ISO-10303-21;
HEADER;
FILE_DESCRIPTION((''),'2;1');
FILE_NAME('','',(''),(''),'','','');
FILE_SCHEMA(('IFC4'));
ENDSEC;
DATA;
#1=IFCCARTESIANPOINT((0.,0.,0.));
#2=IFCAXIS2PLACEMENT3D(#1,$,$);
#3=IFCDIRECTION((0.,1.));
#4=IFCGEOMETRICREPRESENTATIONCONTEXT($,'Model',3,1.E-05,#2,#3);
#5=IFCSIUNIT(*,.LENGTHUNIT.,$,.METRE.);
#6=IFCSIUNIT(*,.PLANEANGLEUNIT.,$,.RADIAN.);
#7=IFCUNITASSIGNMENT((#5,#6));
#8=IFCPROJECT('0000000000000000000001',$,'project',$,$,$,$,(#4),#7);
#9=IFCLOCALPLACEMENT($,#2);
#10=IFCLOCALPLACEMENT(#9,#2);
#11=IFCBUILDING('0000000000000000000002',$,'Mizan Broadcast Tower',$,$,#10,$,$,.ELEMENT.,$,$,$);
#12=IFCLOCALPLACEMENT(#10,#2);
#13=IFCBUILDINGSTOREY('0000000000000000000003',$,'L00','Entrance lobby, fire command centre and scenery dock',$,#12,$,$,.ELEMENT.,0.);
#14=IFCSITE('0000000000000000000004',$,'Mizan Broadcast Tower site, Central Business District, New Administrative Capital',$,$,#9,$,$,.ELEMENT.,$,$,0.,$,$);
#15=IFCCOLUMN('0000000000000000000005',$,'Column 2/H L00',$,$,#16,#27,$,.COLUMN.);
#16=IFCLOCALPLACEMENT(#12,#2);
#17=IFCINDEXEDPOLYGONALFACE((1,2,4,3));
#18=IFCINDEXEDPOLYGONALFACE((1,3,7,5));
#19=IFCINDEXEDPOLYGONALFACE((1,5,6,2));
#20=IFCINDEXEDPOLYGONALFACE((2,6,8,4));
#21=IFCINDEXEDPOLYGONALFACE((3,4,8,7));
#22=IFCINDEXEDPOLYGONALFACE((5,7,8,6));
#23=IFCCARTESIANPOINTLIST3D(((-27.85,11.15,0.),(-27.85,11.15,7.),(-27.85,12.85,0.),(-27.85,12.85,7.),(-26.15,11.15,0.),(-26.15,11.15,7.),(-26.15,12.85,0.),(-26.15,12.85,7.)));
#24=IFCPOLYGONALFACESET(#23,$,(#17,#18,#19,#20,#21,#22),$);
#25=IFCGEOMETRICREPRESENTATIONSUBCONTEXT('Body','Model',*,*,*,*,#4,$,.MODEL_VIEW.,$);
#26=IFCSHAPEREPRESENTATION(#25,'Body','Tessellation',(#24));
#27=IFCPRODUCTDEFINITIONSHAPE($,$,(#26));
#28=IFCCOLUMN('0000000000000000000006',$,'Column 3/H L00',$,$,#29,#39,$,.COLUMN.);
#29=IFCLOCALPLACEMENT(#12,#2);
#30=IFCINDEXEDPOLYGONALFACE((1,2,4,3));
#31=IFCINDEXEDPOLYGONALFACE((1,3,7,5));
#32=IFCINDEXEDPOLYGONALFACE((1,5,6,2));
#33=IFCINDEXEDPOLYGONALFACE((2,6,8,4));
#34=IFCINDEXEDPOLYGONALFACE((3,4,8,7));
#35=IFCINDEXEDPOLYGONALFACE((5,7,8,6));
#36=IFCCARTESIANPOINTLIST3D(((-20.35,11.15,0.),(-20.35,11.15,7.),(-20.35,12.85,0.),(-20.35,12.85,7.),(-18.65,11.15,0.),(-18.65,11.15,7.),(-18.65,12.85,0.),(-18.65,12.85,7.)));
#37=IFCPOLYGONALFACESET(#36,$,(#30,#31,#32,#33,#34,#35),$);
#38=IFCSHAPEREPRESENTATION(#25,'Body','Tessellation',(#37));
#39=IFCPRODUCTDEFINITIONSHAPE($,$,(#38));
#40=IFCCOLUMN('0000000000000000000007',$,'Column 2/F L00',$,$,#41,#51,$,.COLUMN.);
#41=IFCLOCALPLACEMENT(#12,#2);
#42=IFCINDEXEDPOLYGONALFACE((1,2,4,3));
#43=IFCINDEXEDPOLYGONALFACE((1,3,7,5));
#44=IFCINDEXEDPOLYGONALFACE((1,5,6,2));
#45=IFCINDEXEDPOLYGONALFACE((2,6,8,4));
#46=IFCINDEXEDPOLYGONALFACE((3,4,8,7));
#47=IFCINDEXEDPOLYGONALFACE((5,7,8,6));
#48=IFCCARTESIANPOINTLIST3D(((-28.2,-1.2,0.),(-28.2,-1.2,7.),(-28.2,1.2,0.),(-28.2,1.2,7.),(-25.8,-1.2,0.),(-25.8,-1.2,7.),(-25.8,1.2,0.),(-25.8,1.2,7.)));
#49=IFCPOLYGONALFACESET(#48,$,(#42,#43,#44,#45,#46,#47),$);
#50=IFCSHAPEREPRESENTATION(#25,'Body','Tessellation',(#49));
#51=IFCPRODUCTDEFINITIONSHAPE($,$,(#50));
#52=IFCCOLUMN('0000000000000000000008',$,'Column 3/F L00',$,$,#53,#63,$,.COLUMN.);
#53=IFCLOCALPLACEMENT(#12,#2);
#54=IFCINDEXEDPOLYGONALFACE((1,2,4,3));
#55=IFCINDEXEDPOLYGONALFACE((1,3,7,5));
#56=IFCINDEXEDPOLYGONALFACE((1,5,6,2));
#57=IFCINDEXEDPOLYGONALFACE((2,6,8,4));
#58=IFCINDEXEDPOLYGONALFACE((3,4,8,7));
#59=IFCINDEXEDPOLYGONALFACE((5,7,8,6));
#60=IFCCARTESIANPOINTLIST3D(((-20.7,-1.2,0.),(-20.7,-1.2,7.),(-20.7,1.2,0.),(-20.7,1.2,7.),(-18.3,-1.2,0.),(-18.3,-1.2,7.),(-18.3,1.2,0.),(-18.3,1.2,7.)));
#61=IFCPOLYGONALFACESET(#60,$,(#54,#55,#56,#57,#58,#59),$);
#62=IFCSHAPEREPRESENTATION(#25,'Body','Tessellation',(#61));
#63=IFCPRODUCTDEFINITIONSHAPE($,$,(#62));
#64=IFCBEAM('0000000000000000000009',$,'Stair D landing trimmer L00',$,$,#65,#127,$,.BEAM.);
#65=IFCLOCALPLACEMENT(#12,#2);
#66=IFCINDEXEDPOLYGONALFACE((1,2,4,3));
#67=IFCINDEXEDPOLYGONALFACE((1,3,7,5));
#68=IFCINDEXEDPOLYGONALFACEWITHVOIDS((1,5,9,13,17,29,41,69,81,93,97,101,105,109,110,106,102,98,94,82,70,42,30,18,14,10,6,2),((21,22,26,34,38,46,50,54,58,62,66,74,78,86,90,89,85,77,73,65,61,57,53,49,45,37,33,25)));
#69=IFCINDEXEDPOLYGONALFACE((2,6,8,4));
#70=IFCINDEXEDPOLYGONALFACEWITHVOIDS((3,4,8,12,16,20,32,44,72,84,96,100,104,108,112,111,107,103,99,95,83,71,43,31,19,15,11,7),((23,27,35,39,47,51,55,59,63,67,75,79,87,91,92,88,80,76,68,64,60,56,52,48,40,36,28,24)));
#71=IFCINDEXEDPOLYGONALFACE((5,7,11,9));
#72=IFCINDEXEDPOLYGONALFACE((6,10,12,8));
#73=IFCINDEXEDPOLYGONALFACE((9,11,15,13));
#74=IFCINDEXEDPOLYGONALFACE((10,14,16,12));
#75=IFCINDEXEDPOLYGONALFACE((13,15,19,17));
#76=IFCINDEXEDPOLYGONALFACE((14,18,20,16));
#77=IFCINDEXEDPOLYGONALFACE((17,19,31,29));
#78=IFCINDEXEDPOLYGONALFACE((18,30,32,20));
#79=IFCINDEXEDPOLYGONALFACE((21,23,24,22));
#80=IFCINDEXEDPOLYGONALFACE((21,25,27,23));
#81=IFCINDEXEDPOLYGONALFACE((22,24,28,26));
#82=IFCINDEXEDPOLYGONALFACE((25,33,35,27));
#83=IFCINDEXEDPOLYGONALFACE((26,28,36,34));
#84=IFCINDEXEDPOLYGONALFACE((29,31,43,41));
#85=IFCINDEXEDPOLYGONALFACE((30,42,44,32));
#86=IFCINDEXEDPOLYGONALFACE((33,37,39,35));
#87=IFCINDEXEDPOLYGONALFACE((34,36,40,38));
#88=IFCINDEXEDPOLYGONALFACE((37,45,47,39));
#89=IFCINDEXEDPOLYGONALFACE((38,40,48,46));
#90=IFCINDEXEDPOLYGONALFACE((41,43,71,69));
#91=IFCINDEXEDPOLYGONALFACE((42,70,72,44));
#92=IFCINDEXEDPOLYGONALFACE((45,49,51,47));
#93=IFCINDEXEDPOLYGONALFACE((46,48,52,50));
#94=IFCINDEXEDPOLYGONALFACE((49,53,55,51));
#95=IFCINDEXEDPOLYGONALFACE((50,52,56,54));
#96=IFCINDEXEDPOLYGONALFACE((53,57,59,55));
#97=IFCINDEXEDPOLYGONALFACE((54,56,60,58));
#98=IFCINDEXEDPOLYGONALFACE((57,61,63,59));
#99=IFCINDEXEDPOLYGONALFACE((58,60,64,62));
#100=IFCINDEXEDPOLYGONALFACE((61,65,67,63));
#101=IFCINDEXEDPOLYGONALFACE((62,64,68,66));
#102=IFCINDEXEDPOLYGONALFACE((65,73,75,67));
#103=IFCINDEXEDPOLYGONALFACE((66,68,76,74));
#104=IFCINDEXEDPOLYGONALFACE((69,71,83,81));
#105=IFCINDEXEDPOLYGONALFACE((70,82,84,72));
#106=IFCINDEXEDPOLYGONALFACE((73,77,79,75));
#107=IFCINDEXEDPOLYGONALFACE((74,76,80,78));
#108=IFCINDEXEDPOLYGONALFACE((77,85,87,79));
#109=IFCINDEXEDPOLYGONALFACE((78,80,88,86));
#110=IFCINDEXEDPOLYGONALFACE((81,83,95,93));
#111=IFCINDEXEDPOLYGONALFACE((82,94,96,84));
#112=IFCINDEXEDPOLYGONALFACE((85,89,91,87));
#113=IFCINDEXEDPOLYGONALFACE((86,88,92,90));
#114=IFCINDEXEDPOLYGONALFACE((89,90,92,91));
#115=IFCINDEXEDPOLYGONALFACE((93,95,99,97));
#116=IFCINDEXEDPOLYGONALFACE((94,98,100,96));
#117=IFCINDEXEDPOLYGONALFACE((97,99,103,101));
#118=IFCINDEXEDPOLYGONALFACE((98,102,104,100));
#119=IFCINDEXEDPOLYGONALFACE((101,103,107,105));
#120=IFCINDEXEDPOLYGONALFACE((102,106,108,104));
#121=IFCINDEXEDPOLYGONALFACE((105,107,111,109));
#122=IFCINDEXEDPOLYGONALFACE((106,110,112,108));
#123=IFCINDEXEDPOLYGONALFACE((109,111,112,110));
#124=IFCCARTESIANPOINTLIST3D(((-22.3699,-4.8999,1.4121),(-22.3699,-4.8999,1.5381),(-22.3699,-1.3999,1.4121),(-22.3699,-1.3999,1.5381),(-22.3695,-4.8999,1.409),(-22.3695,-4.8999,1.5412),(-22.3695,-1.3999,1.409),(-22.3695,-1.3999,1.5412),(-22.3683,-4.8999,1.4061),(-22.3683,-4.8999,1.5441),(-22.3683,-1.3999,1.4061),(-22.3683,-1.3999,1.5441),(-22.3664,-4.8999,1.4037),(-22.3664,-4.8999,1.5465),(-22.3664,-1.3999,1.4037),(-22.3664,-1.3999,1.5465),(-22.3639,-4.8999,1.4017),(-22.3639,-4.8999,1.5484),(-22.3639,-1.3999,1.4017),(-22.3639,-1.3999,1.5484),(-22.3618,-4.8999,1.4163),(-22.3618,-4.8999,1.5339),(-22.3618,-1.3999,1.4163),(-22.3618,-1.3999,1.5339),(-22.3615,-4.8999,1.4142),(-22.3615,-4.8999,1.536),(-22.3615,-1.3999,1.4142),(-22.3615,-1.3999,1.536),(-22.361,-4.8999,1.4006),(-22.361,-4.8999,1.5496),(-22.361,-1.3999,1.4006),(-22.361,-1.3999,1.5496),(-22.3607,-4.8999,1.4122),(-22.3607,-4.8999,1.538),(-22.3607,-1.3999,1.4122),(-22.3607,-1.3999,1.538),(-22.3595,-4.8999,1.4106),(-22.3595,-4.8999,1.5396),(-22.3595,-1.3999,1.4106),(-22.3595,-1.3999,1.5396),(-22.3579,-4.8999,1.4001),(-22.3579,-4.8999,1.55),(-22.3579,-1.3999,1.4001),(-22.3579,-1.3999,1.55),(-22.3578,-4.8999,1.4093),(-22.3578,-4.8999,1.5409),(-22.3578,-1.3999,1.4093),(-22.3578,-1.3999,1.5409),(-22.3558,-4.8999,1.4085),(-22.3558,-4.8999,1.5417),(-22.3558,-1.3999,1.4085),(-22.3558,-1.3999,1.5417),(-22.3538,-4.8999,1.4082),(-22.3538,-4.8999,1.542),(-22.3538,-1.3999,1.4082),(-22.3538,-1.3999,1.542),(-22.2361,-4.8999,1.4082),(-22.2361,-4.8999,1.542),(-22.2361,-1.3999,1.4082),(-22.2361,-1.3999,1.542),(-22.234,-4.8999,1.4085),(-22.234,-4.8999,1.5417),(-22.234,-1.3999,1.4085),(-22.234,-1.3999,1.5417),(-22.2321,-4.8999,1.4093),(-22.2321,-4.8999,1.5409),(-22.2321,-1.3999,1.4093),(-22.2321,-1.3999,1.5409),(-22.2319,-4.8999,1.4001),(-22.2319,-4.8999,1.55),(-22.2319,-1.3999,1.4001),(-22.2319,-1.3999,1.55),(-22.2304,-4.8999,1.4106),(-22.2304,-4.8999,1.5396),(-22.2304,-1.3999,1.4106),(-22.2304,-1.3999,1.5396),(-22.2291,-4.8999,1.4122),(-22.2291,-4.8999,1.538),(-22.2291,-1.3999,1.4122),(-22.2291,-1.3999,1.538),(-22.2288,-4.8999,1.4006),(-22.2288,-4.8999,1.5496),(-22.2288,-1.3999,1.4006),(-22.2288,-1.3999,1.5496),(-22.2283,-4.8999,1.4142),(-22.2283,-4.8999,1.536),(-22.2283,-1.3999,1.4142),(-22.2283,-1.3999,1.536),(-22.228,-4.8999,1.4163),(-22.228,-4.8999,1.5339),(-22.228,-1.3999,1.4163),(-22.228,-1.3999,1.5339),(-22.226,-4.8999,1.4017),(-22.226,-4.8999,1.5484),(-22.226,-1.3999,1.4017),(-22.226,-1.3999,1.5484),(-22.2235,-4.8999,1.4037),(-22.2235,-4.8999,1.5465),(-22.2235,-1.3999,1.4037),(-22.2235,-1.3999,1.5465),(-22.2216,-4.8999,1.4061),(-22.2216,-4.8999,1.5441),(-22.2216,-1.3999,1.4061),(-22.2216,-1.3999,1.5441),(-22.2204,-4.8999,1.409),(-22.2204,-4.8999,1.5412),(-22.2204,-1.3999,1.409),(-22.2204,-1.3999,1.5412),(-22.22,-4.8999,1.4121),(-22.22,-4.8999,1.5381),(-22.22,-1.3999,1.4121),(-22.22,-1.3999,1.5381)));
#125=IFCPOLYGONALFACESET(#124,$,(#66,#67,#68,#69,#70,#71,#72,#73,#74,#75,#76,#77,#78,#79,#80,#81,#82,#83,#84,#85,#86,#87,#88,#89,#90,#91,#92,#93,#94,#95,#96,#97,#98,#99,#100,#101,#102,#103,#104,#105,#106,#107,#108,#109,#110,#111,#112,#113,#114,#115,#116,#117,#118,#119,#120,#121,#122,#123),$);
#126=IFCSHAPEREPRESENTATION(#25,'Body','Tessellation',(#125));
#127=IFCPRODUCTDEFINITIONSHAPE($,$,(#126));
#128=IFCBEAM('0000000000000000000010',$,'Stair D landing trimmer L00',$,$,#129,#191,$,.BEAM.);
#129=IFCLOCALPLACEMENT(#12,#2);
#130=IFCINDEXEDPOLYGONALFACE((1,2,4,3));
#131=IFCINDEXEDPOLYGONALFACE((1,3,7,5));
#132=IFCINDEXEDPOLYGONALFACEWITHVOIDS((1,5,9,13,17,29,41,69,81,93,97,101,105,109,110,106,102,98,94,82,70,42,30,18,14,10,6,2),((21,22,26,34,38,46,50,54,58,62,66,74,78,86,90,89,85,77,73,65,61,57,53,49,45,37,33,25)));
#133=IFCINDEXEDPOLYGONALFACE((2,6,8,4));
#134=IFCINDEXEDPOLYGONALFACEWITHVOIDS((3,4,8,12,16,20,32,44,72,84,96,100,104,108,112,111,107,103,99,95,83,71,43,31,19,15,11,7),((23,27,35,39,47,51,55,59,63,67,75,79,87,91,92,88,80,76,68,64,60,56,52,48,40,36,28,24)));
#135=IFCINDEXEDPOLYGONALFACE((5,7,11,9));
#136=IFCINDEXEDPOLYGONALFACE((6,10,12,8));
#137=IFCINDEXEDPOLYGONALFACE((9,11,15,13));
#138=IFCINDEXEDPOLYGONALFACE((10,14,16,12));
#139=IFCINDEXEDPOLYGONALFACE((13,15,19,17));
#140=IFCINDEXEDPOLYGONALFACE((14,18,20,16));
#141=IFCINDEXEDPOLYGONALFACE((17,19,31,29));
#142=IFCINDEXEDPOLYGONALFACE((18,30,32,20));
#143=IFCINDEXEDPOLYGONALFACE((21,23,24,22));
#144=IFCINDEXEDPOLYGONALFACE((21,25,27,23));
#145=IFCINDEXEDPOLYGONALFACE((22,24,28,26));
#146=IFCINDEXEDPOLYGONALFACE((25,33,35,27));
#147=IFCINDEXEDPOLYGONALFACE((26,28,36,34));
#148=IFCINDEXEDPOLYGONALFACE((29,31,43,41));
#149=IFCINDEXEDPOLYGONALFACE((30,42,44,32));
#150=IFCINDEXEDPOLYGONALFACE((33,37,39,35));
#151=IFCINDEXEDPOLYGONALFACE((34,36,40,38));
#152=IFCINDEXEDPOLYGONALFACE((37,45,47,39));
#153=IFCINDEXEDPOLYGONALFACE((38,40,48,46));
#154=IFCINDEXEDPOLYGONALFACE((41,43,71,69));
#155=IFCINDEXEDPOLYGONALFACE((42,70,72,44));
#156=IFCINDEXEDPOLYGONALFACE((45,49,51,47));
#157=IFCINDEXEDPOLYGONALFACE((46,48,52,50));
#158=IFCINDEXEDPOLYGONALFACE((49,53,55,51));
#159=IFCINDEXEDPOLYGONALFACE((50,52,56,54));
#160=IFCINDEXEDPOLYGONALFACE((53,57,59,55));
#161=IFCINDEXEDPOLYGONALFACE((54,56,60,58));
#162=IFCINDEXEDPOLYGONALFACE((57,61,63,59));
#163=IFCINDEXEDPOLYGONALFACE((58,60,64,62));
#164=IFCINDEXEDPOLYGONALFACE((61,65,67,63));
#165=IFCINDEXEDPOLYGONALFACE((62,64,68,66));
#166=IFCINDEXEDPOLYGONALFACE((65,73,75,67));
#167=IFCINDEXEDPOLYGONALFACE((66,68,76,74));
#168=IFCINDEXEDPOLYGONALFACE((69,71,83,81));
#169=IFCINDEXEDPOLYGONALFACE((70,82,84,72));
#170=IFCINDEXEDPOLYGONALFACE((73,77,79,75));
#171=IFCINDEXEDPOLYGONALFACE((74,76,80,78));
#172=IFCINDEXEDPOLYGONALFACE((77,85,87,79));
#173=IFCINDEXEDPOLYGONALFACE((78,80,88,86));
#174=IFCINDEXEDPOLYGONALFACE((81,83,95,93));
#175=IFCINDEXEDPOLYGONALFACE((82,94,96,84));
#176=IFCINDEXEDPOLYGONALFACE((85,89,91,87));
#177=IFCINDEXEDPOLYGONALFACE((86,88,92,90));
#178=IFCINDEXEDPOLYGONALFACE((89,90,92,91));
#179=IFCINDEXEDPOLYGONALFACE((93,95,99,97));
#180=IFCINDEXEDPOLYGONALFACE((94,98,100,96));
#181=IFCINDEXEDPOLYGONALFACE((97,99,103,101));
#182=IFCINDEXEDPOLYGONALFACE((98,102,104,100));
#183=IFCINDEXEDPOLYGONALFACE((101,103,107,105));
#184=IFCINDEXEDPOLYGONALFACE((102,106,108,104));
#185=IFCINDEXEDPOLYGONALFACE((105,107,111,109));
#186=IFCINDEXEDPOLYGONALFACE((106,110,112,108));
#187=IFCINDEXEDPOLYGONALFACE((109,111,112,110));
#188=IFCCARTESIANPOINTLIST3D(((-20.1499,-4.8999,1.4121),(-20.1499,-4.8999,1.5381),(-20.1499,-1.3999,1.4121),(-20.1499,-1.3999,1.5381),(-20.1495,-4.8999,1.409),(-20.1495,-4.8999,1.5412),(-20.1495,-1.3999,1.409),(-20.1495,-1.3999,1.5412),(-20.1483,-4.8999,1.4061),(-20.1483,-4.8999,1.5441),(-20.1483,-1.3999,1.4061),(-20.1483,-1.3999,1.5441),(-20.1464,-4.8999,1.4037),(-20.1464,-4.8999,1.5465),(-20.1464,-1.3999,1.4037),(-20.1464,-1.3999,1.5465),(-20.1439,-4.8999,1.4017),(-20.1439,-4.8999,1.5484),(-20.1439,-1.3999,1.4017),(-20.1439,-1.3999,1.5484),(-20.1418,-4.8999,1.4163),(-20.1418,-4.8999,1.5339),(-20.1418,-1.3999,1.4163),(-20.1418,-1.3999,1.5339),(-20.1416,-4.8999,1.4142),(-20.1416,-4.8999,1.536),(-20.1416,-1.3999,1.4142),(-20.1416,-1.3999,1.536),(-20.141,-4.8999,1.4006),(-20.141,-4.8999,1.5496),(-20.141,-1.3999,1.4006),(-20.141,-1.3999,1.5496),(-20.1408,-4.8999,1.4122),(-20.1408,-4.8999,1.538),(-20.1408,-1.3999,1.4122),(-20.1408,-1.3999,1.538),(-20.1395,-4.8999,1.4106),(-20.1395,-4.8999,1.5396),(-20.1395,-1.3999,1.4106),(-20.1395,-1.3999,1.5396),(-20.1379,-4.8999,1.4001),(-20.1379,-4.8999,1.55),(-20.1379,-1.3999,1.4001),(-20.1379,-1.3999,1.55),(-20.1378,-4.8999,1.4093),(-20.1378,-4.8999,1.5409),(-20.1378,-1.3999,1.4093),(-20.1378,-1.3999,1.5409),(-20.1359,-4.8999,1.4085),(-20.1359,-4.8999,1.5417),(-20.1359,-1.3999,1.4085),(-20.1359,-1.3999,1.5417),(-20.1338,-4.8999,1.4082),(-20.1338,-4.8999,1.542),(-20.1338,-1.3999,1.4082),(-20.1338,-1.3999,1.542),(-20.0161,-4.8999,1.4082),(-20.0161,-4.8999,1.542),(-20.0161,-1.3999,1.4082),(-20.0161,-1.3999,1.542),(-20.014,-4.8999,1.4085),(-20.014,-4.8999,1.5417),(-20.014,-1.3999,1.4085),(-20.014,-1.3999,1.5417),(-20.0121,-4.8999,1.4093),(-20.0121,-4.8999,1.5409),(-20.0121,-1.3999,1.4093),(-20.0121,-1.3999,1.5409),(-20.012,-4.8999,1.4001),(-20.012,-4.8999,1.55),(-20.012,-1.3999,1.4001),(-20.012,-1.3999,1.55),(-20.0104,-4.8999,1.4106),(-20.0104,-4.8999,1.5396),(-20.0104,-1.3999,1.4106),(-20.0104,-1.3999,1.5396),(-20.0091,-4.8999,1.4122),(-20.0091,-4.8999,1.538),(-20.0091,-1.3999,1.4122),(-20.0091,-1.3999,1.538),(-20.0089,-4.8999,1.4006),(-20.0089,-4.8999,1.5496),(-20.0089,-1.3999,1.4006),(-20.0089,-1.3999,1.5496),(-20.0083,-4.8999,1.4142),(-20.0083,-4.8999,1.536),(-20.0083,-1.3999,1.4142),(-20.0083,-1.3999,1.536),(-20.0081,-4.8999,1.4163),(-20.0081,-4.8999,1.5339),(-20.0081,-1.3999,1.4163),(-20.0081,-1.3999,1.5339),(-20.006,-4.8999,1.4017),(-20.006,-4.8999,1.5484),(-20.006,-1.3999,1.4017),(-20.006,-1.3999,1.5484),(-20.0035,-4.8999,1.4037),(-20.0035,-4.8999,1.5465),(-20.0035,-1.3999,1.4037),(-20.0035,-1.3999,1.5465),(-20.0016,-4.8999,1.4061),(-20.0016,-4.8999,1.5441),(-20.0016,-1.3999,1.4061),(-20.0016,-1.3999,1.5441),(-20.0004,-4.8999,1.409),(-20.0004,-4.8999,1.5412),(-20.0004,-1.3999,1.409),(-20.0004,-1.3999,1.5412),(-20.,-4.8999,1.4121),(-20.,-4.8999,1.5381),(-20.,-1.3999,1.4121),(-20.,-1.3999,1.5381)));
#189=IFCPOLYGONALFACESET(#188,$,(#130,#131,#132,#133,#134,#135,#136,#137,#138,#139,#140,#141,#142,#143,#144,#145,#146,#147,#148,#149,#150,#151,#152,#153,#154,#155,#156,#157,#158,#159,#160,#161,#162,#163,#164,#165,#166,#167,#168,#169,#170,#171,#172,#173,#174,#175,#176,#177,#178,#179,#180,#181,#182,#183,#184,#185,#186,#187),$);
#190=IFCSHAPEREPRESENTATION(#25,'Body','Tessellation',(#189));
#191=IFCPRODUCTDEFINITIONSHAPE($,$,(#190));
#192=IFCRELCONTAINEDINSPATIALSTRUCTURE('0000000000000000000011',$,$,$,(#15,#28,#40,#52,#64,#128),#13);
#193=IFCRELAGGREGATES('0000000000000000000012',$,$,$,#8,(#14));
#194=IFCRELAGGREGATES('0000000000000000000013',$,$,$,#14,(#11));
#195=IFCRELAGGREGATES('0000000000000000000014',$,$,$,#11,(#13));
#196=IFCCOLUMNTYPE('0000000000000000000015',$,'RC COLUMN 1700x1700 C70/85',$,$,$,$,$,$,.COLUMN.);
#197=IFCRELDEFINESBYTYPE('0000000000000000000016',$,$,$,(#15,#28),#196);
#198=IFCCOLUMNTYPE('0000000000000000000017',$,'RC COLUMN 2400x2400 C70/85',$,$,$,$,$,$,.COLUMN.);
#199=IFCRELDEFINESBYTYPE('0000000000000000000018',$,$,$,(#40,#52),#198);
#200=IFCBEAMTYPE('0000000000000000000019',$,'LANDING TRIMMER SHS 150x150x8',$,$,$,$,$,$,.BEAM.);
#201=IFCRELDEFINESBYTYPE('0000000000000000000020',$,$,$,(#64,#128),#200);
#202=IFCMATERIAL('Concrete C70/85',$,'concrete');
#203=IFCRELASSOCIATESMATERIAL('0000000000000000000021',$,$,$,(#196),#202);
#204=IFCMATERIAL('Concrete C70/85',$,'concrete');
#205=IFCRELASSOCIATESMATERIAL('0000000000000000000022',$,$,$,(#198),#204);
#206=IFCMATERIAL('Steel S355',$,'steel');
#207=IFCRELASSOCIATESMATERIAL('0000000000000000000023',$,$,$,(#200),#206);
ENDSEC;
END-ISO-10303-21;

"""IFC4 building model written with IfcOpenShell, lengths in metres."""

from ifc_helpers import new_model, si_unit, direction, frame, origin, origin_2d, place, context, subcontext, project, spatial, rectangle, hollow_rectangle, extrude, material, material_profile, profile_set, type_object, element, save


model = new_model("IFC4")

# Units and contexts
model_context = context("Model", 3, precision=1e-05, world=origin(), true_north=direction((0.0, 1.0)))
body_context = subcontext(model_context, "Body", "Model", "MODEL_VIEW")
ifc_project = project(units=[si_unit("LENGTHUNIT", "METRE"), si_unit("PLANEANGLEUNIT", "RADIAN")], contexts=[model_context])

# Site, building, storey
site_placement = place(None, origin())
site = spatial("IfcSite", under=ifc_project, at=site_placement, Name="Mizan Broadcast Tower site, Central Business District, New Administrative Capital", CompositionType="ELEMENT", RefElevation=0.0)
building_placement = place(site_placement, origin())
building = spatial("IfcBuilding", under=site, at=building_placement, Name="Mizan Broadcast Tower", CompositionType="ELEMENT")
storey_placement = place(building_placement, origin())
storey = spatial("IfcBuildingStorey", under=building, at=storey_placement, Name="L00", Description="Entrance lobby, fire command centre and scenery dock", CompositionType="ELEMENT", Elevation=0.0)

# Columns
ifc_material_1 = material(Name="Concrete C70/85", Category="concrete")
ifc_material_profile_1 = material_profile(ifc_material_1, rectangle(XDim=1.7, YDim=1.7, at=origin_2d()), Name="RC 1700x1700")
ifc_profile_set_1 = profile_set([ifc_material_profile_1], Name="Concrete C70/85")
column_type_1 = type_object("IfcColumnType", Name="RC COLUMN 1700x1700 C70/85", PredefinedType="COLUMN", material=ifc_profile_set_1)
for number, where, z_axis, x_axis, name in (
    (1, (-27.0, 12.0, 0.0), (0.0, 0.0, 1.0), (1.0, 0.0, 0.0), "Column 2/H L00"),
    (2, (-19.5, 12.0, 0.0), (0.0, 0.0, 1.0), (1.0, 0.0, 0.0), "Column 3/H L00"),
):
    element("IfcColumn", number, at=place(storey_placement, frame(where, z_axis=z_axis, x_axis=x_axis)), inside=storey, type_object=column_type_1, Name=name, PredefinedType="COLUMN", context=body_context, shape_type="SweptSolid", body=[
        extrude(rectangle(XDim=1.7, YDim=1.7, at=origin_2d()), origin(), (0.0, 0.0, 1.0), 7.0),
    ])
ifc_material_2 = material(Name="Concrete C70/85", Category="concrete")
ifc_material_profile_2 = material_profile(ifc_material_2, rectangle(XDim=2.3999, YDim=2.3999, at=origin_2d()), Name="RC 2400x2400")
ifc_profile_set_2 = profile_set([ifc_material_profile_2], Name="Concrete C70/85")
column_type_2 = type_object("IfcColumnType", Name="RC COLUMN 2400x2400 C70/85", PredefinedType="COLUMN", material=ifc_profile_set_2)
for number, where, z_axis, x_axis, name in (
    (3, (-27.0, 0.0, 0.0), (0.0, 0.0, 1.0), (1.0, 0.0, 0.0), "Column 2/F L00"),
    (4, (-19.5, 0.0, 0.0), (0.0, 0.0, 1.0), (1.0, 0.0, 0.0), "Column 3/F L00"),
):
    element("IfcColumn", number, at=place(storey_placement, frame(where, z_axis=z_axis, x_axis=x_axis)), inside=storey, type_object=column_type_2, Name=name, PredefinedType="COLUMN", context=body_context, shape_type="SweptSolid", body=[
        extrude(rectangle(XDim=2.3999, YDim=2.3999, at=origin_2d()), origin(), (0.0, 0.0, 1.0), 7.0),
    ])

# Beams
ifc_material_3 = material(Name="Steel S355", Category="steel")
ifc_material_profile_3 = material_profile(ifc_material_3, hollow_rectangle(XDim=0.1499, YDim=0.1499, WallThickness=0.0081, InnerFilletRadius=0.0081, OuterFilletRadius=0.012, at=origin_2d()), Name="SHS 150x150x8")
ifc_profile_set_3 = profile_set([ifc_material_profile_3], Name="Steel S355")
beam_type = type_object("IfcBeamType", Name="LANDING TRIMMER SHS 150x150x8", PredefinedType="BEAM", material=ifc_profile_set_3)
for number, where, z_axis, x_axis, name in (
    (5, (-22.2949, -1.3999, 1.4751), (0.0, -1.0, 0.0), (1.0, 0.0, 0.0), "Stair D landing trimmer L00"),
    (6, (-20.075, -1.3999, 1.4751), (0.0, -1.0, 0.0), (1.0, 0.0, 0.0), "Stair D landing trimmer L00"),
):
    element("IfcBeam", number, at=place(storey_placement, frame(where, z_axis=z_axis, x_axis=x_axis)), inside=storey, type_object=beam_type, Name=name, PredefinedType="BEAM", context=body_context, shape_type="SweptSolid", body=[
        extrude(hollow_rectangle(XDim=0.1499, YDim=0.1499, WallThickness=0.0081, InnerFilletRadius=0.0081, OuterFilletRadius=0.012, at=origin_2d()), origin(), (0.0, 0.0, 1.0), 3.5),
    ])

save(model, "model.ifc")
